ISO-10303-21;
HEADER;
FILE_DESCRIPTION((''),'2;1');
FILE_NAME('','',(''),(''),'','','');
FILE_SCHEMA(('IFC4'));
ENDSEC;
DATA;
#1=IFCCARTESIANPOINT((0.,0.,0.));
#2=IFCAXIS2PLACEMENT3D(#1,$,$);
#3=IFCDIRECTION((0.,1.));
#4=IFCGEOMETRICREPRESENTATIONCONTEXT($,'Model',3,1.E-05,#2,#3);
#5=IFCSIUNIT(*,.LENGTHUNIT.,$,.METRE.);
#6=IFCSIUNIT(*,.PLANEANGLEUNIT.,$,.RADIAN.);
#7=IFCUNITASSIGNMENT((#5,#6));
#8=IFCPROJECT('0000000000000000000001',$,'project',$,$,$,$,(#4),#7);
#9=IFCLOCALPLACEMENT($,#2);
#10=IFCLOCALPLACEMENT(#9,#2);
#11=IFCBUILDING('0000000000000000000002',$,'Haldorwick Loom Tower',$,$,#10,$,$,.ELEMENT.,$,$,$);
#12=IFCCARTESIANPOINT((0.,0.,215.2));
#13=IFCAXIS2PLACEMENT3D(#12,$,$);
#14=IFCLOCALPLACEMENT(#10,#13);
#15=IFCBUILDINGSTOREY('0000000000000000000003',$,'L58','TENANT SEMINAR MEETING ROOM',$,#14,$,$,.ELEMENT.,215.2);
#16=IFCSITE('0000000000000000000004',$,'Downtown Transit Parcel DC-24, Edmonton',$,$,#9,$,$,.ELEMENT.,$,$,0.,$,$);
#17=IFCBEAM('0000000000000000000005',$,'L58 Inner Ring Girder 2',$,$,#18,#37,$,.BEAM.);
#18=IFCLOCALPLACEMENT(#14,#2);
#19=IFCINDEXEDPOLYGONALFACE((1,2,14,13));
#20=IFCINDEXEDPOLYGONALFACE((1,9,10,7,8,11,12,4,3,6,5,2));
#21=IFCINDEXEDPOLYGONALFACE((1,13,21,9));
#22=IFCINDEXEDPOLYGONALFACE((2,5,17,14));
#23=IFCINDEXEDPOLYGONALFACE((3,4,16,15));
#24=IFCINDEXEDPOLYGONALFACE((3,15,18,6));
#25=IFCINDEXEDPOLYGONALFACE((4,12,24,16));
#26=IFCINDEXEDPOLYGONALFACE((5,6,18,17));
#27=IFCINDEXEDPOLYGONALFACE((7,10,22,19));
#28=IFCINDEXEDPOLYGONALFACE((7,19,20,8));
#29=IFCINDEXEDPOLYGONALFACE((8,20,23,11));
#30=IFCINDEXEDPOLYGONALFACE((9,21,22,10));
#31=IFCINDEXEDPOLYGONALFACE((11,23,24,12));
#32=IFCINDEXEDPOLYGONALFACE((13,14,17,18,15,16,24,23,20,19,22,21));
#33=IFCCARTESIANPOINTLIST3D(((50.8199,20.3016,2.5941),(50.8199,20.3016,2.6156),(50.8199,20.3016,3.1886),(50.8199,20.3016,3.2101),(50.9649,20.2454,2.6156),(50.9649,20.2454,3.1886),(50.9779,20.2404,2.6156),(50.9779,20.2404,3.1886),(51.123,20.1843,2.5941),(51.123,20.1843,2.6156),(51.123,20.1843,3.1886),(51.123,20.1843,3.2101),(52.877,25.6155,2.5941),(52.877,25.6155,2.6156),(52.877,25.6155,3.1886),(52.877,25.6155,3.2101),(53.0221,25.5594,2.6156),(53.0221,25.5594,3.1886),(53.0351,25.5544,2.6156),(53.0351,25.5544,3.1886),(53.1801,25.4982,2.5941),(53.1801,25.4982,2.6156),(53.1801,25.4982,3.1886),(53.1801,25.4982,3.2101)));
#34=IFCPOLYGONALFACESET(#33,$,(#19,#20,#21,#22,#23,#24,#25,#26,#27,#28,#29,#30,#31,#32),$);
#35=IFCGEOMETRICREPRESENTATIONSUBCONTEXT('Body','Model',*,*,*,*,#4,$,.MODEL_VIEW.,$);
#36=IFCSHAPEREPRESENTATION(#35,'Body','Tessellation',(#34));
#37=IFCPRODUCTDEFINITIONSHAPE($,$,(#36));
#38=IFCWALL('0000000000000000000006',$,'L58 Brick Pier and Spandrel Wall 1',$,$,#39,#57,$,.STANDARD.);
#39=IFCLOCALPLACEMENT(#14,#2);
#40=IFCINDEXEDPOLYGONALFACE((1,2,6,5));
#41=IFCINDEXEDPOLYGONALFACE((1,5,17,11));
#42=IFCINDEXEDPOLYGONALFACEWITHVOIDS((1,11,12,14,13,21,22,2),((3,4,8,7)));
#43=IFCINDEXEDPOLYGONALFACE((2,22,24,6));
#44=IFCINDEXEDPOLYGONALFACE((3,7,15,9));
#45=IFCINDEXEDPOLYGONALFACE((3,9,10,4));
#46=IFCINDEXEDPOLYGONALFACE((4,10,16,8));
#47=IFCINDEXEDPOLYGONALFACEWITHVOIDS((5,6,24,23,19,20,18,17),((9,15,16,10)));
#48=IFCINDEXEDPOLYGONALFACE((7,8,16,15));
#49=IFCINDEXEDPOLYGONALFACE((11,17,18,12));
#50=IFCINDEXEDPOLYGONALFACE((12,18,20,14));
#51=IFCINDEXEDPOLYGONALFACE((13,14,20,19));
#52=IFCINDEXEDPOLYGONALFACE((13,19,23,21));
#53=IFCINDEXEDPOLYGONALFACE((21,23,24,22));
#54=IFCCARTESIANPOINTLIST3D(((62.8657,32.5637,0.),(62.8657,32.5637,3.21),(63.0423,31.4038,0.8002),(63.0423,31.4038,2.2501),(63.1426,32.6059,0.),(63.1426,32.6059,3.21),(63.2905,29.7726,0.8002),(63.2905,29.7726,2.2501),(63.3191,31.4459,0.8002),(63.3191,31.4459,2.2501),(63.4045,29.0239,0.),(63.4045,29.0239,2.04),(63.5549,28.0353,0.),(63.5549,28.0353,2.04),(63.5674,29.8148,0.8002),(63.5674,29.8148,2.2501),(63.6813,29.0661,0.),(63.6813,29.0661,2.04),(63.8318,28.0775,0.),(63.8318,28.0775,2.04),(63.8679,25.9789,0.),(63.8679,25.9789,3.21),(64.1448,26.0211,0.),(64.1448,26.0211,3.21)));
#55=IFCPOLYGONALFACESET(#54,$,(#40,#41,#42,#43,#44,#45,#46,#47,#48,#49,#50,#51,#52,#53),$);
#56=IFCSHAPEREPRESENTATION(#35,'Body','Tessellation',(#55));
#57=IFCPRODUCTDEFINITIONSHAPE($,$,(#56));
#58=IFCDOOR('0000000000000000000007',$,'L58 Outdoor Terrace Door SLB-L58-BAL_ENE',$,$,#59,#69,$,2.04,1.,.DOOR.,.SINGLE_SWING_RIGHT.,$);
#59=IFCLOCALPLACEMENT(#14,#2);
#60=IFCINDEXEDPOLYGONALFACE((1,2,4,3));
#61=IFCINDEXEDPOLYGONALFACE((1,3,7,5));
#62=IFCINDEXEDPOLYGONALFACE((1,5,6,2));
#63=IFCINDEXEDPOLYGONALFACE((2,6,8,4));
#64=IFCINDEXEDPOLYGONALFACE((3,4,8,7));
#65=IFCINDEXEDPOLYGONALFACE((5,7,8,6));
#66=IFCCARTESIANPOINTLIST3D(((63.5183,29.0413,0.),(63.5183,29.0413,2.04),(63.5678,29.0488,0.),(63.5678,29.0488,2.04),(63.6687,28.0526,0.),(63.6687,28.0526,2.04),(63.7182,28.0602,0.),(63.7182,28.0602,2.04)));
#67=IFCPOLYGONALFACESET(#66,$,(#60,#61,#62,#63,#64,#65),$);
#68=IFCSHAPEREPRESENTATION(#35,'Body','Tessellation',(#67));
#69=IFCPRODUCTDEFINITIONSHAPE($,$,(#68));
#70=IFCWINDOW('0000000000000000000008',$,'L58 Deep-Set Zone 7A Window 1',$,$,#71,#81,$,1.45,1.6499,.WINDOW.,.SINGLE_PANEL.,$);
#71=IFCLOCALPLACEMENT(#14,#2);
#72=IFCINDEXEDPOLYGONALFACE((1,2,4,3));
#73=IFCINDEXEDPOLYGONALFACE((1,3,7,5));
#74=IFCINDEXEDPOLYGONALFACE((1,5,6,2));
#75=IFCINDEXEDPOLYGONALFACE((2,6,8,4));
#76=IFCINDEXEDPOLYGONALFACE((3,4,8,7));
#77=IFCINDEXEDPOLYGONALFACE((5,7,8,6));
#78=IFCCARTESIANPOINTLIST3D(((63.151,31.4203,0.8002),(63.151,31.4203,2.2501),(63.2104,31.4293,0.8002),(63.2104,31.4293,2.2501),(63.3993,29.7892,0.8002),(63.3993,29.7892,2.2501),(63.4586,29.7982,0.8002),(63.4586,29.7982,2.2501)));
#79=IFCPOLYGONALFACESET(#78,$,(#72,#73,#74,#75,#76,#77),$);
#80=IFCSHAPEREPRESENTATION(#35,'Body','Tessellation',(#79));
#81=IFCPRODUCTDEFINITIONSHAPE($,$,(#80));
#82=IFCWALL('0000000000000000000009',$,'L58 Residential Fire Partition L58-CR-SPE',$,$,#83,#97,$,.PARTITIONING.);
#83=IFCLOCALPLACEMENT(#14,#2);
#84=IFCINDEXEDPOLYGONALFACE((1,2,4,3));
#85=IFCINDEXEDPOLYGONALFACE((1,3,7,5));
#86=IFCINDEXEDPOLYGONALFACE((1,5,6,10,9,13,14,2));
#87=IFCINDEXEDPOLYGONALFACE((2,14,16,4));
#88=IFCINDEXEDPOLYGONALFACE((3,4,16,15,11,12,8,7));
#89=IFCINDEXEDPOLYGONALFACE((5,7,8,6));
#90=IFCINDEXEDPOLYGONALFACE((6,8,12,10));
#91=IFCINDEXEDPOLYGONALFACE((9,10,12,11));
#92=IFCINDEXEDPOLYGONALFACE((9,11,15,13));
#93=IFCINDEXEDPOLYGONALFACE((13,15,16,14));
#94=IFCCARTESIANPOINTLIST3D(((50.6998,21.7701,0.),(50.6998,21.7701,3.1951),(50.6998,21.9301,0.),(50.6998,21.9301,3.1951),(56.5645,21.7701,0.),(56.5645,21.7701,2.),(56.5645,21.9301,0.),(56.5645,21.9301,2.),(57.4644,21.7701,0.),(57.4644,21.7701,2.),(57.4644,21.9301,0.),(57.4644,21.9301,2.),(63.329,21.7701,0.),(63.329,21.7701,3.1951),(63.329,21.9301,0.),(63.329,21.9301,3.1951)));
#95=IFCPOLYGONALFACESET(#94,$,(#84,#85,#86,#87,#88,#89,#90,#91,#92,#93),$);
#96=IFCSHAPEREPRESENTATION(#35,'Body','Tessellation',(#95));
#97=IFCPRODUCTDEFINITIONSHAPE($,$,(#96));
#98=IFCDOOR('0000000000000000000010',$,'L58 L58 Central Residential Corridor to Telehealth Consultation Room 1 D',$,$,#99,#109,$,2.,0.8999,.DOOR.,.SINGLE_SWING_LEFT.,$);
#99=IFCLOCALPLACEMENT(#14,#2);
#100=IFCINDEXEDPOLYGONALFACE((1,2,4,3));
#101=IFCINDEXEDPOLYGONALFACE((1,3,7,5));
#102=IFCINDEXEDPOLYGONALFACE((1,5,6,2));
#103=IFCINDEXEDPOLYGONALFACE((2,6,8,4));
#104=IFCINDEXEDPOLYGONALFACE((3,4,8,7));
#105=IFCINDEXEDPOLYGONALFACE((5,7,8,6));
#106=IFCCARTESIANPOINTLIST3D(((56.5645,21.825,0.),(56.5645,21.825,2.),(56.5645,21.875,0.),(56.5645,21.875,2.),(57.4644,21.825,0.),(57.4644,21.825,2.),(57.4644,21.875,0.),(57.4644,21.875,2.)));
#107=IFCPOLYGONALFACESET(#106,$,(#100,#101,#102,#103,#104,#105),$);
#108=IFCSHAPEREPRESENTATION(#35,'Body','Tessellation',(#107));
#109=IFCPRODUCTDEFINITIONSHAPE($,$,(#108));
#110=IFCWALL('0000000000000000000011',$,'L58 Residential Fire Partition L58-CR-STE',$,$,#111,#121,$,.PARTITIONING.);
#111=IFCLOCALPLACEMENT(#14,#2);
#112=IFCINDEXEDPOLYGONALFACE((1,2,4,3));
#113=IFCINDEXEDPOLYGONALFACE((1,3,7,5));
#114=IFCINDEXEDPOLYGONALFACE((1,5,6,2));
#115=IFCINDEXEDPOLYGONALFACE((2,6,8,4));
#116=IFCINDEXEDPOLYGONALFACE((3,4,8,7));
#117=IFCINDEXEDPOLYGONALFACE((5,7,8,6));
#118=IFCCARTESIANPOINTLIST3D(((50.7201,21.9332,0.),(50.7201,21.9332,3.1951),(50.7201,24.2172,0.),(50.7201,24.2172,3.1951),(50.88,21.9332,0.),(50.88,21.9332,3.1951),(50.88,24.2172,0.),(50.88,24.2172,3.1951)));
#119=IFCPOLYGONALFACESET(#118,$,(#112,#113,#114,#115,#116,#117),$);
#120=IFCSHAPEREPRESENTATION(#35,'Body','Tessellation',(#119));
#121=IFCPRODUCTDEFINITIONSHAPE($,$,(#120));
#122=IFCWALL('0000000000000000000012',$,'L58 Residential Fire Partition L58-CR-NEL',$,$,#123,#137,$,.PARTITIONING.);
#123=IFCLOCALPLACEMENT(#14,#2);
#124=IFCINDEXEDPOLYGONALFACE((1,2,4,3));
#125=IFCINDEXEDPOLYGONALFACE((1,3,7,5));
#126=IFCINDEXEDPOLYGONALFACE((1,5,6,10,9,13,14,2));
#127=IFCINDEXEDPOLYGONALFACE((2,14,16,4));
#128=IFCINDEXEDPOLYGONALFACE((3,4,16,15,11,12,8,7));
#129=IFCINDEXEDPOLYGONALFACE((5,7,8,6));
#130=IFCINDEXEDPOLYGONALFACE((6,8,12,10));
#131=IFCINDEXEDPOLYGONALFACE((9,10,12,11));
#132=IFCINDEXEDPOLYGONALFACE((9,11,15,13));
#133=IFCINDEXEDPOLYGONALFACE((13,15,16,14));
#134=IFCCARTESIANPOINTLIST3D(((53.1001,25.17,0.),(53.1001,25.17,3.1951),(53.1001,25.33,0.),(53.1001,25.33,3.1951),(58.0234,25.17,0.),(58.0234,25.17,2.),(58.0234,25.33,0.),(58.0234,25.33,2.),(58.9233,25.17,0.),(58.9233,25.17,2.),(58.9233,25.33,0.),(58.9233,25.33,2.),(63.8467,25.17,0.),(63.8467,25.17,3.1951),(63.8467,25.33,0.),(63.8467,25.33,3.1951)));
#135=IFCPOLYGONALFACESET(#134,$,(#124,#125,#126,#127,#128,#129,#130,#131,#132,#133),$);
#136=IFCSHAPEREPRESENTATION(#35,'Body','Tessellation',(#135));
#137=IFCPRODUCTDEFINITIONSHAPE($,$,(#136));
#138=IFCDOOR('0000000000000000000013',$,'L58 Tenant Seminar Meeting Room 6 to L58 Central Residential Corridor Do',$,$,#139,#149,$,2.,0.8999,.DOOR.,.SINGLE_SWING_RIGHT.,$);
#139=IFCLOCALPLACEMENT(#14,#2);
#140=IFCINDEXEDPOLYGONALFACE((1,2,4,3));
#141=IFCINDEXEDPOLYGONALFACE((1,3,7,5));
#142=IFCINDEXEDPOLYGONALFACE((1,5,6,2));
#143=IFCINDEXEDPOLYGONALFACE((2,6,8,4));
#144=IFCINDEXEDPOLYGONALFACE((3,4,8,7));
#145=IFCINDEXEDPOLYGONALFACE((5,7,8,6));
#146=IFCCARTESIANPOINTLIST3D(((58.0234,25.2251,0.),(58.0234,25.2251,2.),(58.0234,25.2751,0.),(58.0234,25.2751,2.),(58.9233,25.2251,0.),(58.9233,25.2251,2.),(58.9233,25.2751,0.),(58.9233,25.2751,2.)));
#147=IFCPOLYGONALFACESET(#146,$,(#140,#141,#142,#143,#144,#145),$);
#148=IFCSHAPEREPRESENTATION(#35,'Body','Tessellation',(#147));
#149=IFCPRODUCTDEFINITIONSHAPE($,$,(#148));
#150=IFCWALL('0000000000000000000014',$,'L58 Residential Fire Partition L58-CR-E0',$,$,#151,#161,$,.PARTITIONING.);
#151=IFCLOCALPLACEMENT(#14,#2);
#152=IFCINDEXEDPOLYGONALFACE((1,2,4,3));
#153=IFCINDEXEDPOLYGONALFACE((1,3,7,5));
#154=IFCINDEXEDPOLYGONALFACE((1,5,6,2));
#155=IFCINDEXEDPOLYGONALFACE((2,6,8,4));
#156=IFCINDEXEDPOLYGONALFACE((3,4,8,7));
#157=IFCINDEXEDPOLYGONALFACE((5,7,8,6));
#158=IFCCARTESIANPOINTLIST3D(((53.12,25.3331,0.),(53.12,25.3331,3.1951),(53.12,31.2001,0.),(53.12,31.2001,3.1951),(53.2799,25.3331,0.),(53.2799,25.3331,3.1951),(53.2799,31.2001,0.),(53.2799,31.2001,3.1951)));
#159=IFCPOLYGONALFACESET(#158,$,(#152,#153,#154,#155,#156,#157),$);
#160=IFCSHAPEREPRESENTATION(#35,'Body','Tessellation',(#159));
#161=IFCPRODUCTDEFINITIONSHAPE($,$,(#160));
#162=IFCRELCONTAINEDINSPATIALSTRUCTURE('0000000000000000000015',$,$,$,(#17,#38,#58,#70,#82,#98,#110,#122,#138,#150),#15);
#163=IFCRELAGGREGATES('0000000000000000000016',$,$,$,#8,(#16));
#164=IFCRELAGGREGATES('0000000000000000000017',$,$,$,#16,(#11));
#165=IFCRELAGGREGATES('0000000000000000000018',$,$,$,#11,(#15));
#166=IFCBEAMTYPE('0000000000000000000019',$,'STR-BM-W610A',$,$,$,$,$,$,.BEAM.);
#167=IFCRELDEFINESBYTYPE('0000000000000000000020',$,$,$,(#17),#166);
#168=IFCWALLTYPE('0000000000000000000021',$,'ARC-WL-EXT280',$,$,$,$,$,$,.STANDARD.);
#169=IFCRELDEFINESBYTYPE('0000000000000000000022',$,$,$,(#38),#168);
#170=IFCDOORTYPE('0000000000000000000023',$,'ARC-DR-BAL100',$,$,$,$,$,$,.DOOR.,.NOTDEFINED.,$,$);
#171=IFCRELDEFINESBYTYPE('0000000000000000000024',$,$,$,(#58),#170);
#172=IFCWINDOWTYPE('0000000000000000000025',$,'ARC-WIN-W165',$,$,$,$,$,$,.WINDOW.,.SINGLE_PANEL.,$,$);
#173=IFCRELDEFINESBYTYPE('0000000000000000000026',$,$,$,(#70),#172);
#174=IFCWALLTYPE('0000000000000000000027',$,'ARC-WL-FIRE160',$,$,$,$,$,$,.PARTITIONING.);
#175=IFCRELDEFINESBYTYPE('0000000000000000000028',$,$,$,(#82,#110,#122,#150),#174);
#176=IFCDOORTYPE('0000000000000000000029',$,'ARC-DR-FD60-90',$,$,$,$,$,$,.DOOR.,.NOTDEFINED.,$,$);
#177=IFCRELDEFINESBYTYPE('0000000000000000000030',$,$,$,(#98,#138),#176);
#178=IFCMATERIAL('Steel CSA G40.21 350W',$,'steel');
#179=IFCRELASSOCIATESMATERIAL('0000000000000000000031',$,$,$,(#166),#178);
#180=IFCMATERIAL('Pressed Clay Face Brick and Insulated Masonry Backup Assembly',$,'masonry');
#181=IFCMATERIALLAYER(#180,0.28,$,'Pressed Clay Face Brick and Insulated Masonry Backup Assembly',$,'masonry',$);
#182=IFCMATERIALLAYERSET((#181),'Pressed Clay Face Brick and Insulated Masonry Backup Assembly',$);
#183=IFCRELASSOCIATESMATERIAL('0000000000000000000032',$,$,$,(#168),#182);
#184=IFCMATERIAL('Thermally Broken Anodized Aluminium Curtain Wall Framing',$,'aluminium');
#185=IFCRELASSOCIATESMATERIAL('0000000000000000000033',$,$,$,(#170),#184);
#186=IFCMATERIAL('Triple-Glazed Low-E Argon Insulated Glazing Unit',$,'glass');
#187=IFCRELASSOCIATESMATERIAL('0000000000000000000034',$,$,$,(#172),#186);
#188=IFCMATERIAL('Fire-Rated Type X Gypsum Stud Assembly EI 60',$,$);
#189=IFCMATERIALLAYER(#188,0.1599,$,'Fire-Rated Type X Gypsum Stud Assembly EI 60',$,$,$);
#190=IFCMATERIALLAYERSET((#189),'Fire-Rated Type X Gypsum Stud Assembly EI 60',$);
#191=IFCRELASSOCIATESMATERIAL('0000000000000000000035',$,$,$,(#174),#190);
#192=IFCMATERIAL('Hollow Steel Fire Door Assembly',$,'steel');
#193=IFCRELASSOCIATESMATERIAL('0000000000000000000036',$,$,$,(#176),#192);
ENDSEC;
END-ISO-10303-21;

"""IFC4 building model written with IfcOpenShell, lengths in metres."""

from ifc_helpers import new_model, si_unit, direction, frame, frame_2d, origin, origin_2d, place, context, subcontext, project, spatial, rectangle, i_section, extrude, material, layer, layer_set, material_profile, profile_set, type_object, element, fill, save


model = new_model("IFC4")

# Units and contexts
model_context = context("Model", 3, precision=1e-05, world=origin(), true_north=direction((0.0, 1.0)))
body_context = subcontext(model_context, "Body", "Model", "MODEL_VIEW")
ifc_project = project(units=[si_unit("LENGTHUNIT", "METRE"), si_unit("PLANEANGLEUNIT", "RADIAN")], contexts=[model_context])

# Site, building, storey
site_placement = place(None, origin())
site = spatial("IfcSite", under=ifc_project, at=site_placement, Name="Downtown Transit Parcel DC-24, Edmonton", CompositionType="ELEMENT", RefElevation=0.0)
building_placement = place(site_placement, origin())
building = spatial("IfcBuilding", under=site, at=building_placement, Name="Haldorwick Loom Tower", CompositionType="ELEMENT")
storey_placement = place(building_placement, frame((0.0, 0.0, 215.2)))
storey = spatial("IfcBuildingStorey", under=building, at=storey_placement, Name="L58", Description="TENANT SEMINAR MEETING ROOM", CompositionType="ELEMENT", Elevation=215.2)

# Shared definitions
ifc_material_1 = material(Name="Steel CSA G40.21 350W", Category="steel")

# Beam
ifc_material_profile_1 = material_profile(ifc_material_1, i_section(OverallWidth=0.325, OverallDepth=0.616, WebThickness=0.0139, FlangeThickness=0.0215, at=origin_2d()), Name="W610X174", Category="steel")
ifc_profile_set_1 = profile_set([ifc_material_profile_1], Name="Steel CSA G40.21 350W")
beam_type_1 = type_object("IfcBeamType", Name="STR-BM-W610A", PredefinedType="BEAM", material=ifc_profile_set_1)
beam_1_placement = place(storey_placement, frame((53.0286, 25.5569, 2.9021), z_axis=(-0.361011, -0.932562, 0.0), x_axis=(0.932562, -0.361011, 0.0)))
element("IfcBeam", 1, at=beam_1_placement, inside=storey, type_object=beam_type_1, Name="L58 Inner Ring Girder 2", PredefinedType="BEAM", context=body_context, shape_type="SweptSolid", body=[
    extrude(i_section(OverallWidth=0.325, OverallDepth=0.616, WebThickness=0.0139, FlangeThickness=0.0215, at=origin_2d()), origin(), (0.0, 0.0, 1.0), 5.6982),
])

# Wall, openings, door, window
ifc_material_2 = material(Name="Pressed Clay Face Brick and Insulated Masonry Backup Assembly", Category="masonry")
ifc_layer_1 = layer(ifc_material_2, 0.28, Name="Pressed Clay Face Brick and Insulated Masonry Backup Assembly", Category="masonry")
ifc_layer_set_1 = layer_set([ifc_layer_1], Name="Pressed Clay Face Brick and Insulated Masonry Backup Assembly")
wall_type_1 = type_object("IfcWallType", Name="ARC-WL-EXT280", PredefinedType="STANDARD", material=ifc_layer_set_1)
wall_1_placement = place(storey_placement, frame((64.0063, 26.0, 0.0), z_axis=(0.0, 0.0, 1.0), x_axis=(-0.150468, 0.988615, 0.0)))
wall_1 = element("IfcWall", 2, at=wall_1_placement, inside=storey, type_object=wall_type_1, Name="L58 Brick Pier and Spandrel Wall 1", PredefinedType="STANDARD", context=body_context, shape_type="SweptSolid", body=[
    extrude(rectangle(XDim=6.6606, YDim=0.28, at=frame_2d((3.3303, 0.0))), origin(), (0.0, 0.0, 1.0), 3.21),
])
opening_1_placement = place(wall_1_placement, frame((2.0801, 0.0, 0.0)))
opening_1 = element("IfcOpeningElement", 3, at=opening_1_placement, cuts=wall_1, PredefinedType="OPENING", context=body_context, shape_type="SweptSolid", body=[
    extrude(rectangle(XDim=1.0, YDim=2.04, at=frame_2d((0.5, 1.02))), frame((0.0, 0.1499, 0.0), z_axis=(0.0, -1.0, 0.0), x_axis=(1.0, 0.0, 0.0)), (0.0, 0.0, 1.0), 0.3),
])
opening_2_placement = place(wall_1_placement, frame((3.8374, 0.0, 0.8)))
opening_2 = element("IfcOpeningElement", 4, at=opening_2_placement, cuts=wall_1, PredefinedType="OPENING", context=body_context, shape_type="SweptSolid", body=[
    extrude(rectangle(XDim=1.6499, YDim=1.45, at=frame_2d((0.825, 0.7251))), frame((0.0, 0.1499, 0.0), z_axis=(0.0, -1.0, 0.0), x_axis=(1.0, 0.0, 0.0)), (0.0, 0.0, 1.0), 0.3),
])
ifc_material_3 = material(Name="Thermally Broken Anodized Aluminium Curtain Wall Framing", Category="aluminium")
door_type_1 = type_object("IfcDoorType", Name="ARC-DR-BAL100", OperationType="NOTDEFINED", PredefinedType="DOOR", material=ifc_material_3)
door_1_placement = place(opening_1_placement, origin())
door_1 = element("IfcDoor", 5, at=door_1_placement, inside=storey, type_object=door_type_1, Name="L58 Outdoor Terrace Door SLB-L58-BAL_ENE", OperationType="SINGLE_SWING_RIGHT", OverallHeight=2.04, OverallWidth=1.0, PredefinedType="DOOR", context=body_context, shape_type="SweptSolid", body=[
    extrude(rectangle(XDim=1.0, YDim=2.04, at=frame_2d((0.5, 1.02))), frame((0.0, 0.0249, 0.0), z_axis=(0.0, -1.0, 0.0), x_axis=(1.0, 0.0, 0.0)), (0.0, 0.0, 1.0), 0.05),
])
fill(opening_1, door_1)
ifc_material_4 = material(Name="Triple-Glazed Low-E Argon Insulated Glazing Unit", Category="glass")
window_type = type_object("IfcWindowType", Name="ARC-WIN-W165", PartitioningType="SINGLE_PANEL", PredefinedType="WINDOW", material=ifc_material_4)
window_placement = place(opening_2_placement, origin())
window = element("IfcWindow", 6, at=window_placement, inside=storey, type_object=window_type, Name="L58 Deep-Set Zone 7A Window 1", OverallHeight=1.45, OverallWidth=1.6499, PartitioningType="SINGLE_PANEL", PredefinedType="WINDOW", context=body_context, shape_type="SweptSolid", body=[
    extrude(rectangle(XDim=1.6499, YDim=1.45, at=frame_2d((0.825, 0.7251))), frame((0.0, 0.03, 0.0), z_axis=(0.0, -1.0, 0.0), x_axis=(1.0, 0.0, 0.0)), (0.0, 0.0, 1.0), 0.0601),
])
fill(opening_2, window)

# Wall, opening, door
ifc_material_5 = material(Name="Fire-Rated Type X Gypsum Stud Assembly EI 60")
ifc_layer_2 = layer(ifc_material_5, 0.1599, Name="Fire-Rated Type X Gypsum Stud Assembly EI 60")
ifc_layer_set_2 = layer_set([ifc_layer_2], Name="Fire-Rated Type X Gypsum Stud Assembly EI 60")
wall_type_2 = type_object("IfcWallType", Name="ARC-WL-FIRE160", PredefinedType="PARTITIONING", material=ifc_layer_set_2)
wall_2_placement = place(storey_placement, frame((50.7, 21.8501, 0.0), z_axis=(0.0, 0.0, 1.0), x_axis=(1.0, 0.0, 0.0)))
wall_2 = element("IfcWall", 7, at=wall_2_placement, inside=storey, type_object=wall_type_2, Name="L58 Residential Fire Partition L58-CR-SPE", PredefinedType="PARTITIONING", context=body_context, shape_type="SweptSolid", body=[
    extrude(rectangle(XDim=12.6292, YDim=0.1599, at=frame_2d((6.3145, 0.0))), origin(), (0.0, 0.0, 1.0), 3.1951),
])
opening_3_placement = place(wall_2_placement, frame((5.8645, 0.0, 0.0)))
opening_3 = element("IfcOpeningElement", 8, at=opening_3_placement, cuts=wall_2, PredefinedType="OPENING", context=body_context, shape_type="SweptSolid", body=[
    extrude(rectangle(XDim=0.8999, YDim=2.0, at=frame_2d((0.45, 1.0))), frame((0.0, 0.0898, 0.0), z_axis=(0.0, -1.0, 0.0), x_axis=(1.0, 0.0, 0.0)), (0.0, 0.0, 1.0), 0.1799),
])
ifc_material_6 = material(Name="Hollow Steel Fire Door Assembly", Category="steel")
door_type_2 = type_object("IfcDoorType", Name="ARC-DR-FD60-90", OperationType="NOTDEFINED", PredefinedType="DOOR", material=ifc_material_6)
door_2_placement = place(opening_3_placement, origin())
door_2 = element("IfcDoor", 9, at=door_2_placement, inside=storey, type_object=door_type_2, Name="L58 L58 Central Residential Corridor to Telehealth Consultation Room 1 D", OperationType="SINGLE_SWING_LEFT", OverallHeight=2.0, OverallWidth=0.8999, PredefinedType="DOOR", context=body_context, shape_type="SweptSolid", body=[
    extrude(rectangle(XDim=0.8999, YDim=2.0, at=frame_2d((0.45, 1.0))), frame((0.0, 0.0249, 0.0), z_axis=(0.0, -1.0, 0.0), x_axis=(1.0, 0.0, 0.0)), (0.0, 0.0, 1.0), 0.05),
])
fill(opening_3, door_2)

# Wall
wall_3_placement = place(storey_placement, frame((50.8, 21.9331, 0.0), z_axis=(0.0, 0.0, 1.0), x_axis=(0.0, 1.0, 0.0)))
element("IfcWall", 10, at=wall_3_placement, inside=storey, type_object=wall_type_2, Name="L58 Residential Fire Partition L58-CR-STE", PredefinedType="PARTITIONING", context=body_context, shape_type="SweptSolid", body=[
    extrude(rectangle(XDim=2.2839, YDim=0.1599, at=frame_2d((1.1421, 0.0))), origin(), (0.0, 0.0, 1.0), 3.1951),
])

# Wall, opening, door
wall_4_placement = place(storey_placement, frame((53.1001, 25.25, 0.0), z_axis=(0.0, 0.0, 1.0), x_axis=(1.0, 0.0, 0.0)))
wall_4 = element("IfcWall", 11, at=wall_4_placement, inside=storey, type_object=wall_type_2, Name="L58 Residential Fire Partition L58-CR-NEL", PredefinedType="PARTITIONING", context=body_context, shape_type="SweptSolid", body=[
    extrude(rectangle(XDim=10.7466, YDim=0.1599, at=frame_2d((5.3733, 0.0))), origin(), (0.0, 0.0, 1.0), 3.1951),
])
opening_4_placement = place(wall_4_placement, frame((4.9233, 0.0, 0.0)))
opening_4 = element("IfcOpeningElement", 12, at=opening_4_placement, cuts=wall_4, PredefinedType="OPENING", context=body_context, shape_type="SweptSolid", body=[
    extrude(rectangle(XDim=0.8999, YDim=2.0, at=frame_2d((0.45, 1.0))), frame((0.0, 0.0898, 0.0), z_axis=(0.0, -1.0, 0.0), x_axis=(1.0, 0.0, 0.0)), (0.0, 0.0, 1.0), 0.1799),
])
door_3_placement = place(opening_4_placement, frame((0.8999, 0.0, 0.0), z_axis=(0.0, 0.0, 1.0), x_axis=(-1.0, 0.0, 0.0)))
door_3 = element("IfcDoor", 13, at=door_3_placement, inside=storey, type_object=door_type_2, Name="L58 Tenant Seminar Meeting Room 6 to L58 Central Residential Corridor Do", OperationType="SINGLE_SWING_RIGHT", OverallHeight=2.0, OverallWidth=0.8999, PredefinedType="DOOR", context=body_context, shape_type="SweptSolid", body=[
    extrude(rectangle(XDim=0.8999, YDim=2.0, at=frame_2d((0.45, 1.0))), frame((0.0, 0.0249, 0.0), z_axis=(0.0, -1.0, 0.0), x_axis=(1.0, 0.0, 0.0)), (0.0, 0.0, 1.0), 0.05),
])
fill(opening_4, door_3)

# Wall
wall_5_placement = place(storey_placement, frame((53.2, 25.333, 0.0), z_axis=(0.0, 0.0, 1.0), x_axis=(0.0, 1.0, 0.0)))
element("IfcWall", 14, at=wall_5_placement, inside=storey, type_object=wall_type_2, Name="L58 Residential Fire Partition L58-CR-E0", PredefinedType="PARTITIONING", context=body_context, shape_type="SweptSolid", body=[
    extrude(rectangle(XDim=5.8669, YDim=0.1599, at=frame_2d((2.9336, 0.0))), origin(), (0.0, 0.0, 1.0), 3.1951),
])

save(model, "model.ifc")
